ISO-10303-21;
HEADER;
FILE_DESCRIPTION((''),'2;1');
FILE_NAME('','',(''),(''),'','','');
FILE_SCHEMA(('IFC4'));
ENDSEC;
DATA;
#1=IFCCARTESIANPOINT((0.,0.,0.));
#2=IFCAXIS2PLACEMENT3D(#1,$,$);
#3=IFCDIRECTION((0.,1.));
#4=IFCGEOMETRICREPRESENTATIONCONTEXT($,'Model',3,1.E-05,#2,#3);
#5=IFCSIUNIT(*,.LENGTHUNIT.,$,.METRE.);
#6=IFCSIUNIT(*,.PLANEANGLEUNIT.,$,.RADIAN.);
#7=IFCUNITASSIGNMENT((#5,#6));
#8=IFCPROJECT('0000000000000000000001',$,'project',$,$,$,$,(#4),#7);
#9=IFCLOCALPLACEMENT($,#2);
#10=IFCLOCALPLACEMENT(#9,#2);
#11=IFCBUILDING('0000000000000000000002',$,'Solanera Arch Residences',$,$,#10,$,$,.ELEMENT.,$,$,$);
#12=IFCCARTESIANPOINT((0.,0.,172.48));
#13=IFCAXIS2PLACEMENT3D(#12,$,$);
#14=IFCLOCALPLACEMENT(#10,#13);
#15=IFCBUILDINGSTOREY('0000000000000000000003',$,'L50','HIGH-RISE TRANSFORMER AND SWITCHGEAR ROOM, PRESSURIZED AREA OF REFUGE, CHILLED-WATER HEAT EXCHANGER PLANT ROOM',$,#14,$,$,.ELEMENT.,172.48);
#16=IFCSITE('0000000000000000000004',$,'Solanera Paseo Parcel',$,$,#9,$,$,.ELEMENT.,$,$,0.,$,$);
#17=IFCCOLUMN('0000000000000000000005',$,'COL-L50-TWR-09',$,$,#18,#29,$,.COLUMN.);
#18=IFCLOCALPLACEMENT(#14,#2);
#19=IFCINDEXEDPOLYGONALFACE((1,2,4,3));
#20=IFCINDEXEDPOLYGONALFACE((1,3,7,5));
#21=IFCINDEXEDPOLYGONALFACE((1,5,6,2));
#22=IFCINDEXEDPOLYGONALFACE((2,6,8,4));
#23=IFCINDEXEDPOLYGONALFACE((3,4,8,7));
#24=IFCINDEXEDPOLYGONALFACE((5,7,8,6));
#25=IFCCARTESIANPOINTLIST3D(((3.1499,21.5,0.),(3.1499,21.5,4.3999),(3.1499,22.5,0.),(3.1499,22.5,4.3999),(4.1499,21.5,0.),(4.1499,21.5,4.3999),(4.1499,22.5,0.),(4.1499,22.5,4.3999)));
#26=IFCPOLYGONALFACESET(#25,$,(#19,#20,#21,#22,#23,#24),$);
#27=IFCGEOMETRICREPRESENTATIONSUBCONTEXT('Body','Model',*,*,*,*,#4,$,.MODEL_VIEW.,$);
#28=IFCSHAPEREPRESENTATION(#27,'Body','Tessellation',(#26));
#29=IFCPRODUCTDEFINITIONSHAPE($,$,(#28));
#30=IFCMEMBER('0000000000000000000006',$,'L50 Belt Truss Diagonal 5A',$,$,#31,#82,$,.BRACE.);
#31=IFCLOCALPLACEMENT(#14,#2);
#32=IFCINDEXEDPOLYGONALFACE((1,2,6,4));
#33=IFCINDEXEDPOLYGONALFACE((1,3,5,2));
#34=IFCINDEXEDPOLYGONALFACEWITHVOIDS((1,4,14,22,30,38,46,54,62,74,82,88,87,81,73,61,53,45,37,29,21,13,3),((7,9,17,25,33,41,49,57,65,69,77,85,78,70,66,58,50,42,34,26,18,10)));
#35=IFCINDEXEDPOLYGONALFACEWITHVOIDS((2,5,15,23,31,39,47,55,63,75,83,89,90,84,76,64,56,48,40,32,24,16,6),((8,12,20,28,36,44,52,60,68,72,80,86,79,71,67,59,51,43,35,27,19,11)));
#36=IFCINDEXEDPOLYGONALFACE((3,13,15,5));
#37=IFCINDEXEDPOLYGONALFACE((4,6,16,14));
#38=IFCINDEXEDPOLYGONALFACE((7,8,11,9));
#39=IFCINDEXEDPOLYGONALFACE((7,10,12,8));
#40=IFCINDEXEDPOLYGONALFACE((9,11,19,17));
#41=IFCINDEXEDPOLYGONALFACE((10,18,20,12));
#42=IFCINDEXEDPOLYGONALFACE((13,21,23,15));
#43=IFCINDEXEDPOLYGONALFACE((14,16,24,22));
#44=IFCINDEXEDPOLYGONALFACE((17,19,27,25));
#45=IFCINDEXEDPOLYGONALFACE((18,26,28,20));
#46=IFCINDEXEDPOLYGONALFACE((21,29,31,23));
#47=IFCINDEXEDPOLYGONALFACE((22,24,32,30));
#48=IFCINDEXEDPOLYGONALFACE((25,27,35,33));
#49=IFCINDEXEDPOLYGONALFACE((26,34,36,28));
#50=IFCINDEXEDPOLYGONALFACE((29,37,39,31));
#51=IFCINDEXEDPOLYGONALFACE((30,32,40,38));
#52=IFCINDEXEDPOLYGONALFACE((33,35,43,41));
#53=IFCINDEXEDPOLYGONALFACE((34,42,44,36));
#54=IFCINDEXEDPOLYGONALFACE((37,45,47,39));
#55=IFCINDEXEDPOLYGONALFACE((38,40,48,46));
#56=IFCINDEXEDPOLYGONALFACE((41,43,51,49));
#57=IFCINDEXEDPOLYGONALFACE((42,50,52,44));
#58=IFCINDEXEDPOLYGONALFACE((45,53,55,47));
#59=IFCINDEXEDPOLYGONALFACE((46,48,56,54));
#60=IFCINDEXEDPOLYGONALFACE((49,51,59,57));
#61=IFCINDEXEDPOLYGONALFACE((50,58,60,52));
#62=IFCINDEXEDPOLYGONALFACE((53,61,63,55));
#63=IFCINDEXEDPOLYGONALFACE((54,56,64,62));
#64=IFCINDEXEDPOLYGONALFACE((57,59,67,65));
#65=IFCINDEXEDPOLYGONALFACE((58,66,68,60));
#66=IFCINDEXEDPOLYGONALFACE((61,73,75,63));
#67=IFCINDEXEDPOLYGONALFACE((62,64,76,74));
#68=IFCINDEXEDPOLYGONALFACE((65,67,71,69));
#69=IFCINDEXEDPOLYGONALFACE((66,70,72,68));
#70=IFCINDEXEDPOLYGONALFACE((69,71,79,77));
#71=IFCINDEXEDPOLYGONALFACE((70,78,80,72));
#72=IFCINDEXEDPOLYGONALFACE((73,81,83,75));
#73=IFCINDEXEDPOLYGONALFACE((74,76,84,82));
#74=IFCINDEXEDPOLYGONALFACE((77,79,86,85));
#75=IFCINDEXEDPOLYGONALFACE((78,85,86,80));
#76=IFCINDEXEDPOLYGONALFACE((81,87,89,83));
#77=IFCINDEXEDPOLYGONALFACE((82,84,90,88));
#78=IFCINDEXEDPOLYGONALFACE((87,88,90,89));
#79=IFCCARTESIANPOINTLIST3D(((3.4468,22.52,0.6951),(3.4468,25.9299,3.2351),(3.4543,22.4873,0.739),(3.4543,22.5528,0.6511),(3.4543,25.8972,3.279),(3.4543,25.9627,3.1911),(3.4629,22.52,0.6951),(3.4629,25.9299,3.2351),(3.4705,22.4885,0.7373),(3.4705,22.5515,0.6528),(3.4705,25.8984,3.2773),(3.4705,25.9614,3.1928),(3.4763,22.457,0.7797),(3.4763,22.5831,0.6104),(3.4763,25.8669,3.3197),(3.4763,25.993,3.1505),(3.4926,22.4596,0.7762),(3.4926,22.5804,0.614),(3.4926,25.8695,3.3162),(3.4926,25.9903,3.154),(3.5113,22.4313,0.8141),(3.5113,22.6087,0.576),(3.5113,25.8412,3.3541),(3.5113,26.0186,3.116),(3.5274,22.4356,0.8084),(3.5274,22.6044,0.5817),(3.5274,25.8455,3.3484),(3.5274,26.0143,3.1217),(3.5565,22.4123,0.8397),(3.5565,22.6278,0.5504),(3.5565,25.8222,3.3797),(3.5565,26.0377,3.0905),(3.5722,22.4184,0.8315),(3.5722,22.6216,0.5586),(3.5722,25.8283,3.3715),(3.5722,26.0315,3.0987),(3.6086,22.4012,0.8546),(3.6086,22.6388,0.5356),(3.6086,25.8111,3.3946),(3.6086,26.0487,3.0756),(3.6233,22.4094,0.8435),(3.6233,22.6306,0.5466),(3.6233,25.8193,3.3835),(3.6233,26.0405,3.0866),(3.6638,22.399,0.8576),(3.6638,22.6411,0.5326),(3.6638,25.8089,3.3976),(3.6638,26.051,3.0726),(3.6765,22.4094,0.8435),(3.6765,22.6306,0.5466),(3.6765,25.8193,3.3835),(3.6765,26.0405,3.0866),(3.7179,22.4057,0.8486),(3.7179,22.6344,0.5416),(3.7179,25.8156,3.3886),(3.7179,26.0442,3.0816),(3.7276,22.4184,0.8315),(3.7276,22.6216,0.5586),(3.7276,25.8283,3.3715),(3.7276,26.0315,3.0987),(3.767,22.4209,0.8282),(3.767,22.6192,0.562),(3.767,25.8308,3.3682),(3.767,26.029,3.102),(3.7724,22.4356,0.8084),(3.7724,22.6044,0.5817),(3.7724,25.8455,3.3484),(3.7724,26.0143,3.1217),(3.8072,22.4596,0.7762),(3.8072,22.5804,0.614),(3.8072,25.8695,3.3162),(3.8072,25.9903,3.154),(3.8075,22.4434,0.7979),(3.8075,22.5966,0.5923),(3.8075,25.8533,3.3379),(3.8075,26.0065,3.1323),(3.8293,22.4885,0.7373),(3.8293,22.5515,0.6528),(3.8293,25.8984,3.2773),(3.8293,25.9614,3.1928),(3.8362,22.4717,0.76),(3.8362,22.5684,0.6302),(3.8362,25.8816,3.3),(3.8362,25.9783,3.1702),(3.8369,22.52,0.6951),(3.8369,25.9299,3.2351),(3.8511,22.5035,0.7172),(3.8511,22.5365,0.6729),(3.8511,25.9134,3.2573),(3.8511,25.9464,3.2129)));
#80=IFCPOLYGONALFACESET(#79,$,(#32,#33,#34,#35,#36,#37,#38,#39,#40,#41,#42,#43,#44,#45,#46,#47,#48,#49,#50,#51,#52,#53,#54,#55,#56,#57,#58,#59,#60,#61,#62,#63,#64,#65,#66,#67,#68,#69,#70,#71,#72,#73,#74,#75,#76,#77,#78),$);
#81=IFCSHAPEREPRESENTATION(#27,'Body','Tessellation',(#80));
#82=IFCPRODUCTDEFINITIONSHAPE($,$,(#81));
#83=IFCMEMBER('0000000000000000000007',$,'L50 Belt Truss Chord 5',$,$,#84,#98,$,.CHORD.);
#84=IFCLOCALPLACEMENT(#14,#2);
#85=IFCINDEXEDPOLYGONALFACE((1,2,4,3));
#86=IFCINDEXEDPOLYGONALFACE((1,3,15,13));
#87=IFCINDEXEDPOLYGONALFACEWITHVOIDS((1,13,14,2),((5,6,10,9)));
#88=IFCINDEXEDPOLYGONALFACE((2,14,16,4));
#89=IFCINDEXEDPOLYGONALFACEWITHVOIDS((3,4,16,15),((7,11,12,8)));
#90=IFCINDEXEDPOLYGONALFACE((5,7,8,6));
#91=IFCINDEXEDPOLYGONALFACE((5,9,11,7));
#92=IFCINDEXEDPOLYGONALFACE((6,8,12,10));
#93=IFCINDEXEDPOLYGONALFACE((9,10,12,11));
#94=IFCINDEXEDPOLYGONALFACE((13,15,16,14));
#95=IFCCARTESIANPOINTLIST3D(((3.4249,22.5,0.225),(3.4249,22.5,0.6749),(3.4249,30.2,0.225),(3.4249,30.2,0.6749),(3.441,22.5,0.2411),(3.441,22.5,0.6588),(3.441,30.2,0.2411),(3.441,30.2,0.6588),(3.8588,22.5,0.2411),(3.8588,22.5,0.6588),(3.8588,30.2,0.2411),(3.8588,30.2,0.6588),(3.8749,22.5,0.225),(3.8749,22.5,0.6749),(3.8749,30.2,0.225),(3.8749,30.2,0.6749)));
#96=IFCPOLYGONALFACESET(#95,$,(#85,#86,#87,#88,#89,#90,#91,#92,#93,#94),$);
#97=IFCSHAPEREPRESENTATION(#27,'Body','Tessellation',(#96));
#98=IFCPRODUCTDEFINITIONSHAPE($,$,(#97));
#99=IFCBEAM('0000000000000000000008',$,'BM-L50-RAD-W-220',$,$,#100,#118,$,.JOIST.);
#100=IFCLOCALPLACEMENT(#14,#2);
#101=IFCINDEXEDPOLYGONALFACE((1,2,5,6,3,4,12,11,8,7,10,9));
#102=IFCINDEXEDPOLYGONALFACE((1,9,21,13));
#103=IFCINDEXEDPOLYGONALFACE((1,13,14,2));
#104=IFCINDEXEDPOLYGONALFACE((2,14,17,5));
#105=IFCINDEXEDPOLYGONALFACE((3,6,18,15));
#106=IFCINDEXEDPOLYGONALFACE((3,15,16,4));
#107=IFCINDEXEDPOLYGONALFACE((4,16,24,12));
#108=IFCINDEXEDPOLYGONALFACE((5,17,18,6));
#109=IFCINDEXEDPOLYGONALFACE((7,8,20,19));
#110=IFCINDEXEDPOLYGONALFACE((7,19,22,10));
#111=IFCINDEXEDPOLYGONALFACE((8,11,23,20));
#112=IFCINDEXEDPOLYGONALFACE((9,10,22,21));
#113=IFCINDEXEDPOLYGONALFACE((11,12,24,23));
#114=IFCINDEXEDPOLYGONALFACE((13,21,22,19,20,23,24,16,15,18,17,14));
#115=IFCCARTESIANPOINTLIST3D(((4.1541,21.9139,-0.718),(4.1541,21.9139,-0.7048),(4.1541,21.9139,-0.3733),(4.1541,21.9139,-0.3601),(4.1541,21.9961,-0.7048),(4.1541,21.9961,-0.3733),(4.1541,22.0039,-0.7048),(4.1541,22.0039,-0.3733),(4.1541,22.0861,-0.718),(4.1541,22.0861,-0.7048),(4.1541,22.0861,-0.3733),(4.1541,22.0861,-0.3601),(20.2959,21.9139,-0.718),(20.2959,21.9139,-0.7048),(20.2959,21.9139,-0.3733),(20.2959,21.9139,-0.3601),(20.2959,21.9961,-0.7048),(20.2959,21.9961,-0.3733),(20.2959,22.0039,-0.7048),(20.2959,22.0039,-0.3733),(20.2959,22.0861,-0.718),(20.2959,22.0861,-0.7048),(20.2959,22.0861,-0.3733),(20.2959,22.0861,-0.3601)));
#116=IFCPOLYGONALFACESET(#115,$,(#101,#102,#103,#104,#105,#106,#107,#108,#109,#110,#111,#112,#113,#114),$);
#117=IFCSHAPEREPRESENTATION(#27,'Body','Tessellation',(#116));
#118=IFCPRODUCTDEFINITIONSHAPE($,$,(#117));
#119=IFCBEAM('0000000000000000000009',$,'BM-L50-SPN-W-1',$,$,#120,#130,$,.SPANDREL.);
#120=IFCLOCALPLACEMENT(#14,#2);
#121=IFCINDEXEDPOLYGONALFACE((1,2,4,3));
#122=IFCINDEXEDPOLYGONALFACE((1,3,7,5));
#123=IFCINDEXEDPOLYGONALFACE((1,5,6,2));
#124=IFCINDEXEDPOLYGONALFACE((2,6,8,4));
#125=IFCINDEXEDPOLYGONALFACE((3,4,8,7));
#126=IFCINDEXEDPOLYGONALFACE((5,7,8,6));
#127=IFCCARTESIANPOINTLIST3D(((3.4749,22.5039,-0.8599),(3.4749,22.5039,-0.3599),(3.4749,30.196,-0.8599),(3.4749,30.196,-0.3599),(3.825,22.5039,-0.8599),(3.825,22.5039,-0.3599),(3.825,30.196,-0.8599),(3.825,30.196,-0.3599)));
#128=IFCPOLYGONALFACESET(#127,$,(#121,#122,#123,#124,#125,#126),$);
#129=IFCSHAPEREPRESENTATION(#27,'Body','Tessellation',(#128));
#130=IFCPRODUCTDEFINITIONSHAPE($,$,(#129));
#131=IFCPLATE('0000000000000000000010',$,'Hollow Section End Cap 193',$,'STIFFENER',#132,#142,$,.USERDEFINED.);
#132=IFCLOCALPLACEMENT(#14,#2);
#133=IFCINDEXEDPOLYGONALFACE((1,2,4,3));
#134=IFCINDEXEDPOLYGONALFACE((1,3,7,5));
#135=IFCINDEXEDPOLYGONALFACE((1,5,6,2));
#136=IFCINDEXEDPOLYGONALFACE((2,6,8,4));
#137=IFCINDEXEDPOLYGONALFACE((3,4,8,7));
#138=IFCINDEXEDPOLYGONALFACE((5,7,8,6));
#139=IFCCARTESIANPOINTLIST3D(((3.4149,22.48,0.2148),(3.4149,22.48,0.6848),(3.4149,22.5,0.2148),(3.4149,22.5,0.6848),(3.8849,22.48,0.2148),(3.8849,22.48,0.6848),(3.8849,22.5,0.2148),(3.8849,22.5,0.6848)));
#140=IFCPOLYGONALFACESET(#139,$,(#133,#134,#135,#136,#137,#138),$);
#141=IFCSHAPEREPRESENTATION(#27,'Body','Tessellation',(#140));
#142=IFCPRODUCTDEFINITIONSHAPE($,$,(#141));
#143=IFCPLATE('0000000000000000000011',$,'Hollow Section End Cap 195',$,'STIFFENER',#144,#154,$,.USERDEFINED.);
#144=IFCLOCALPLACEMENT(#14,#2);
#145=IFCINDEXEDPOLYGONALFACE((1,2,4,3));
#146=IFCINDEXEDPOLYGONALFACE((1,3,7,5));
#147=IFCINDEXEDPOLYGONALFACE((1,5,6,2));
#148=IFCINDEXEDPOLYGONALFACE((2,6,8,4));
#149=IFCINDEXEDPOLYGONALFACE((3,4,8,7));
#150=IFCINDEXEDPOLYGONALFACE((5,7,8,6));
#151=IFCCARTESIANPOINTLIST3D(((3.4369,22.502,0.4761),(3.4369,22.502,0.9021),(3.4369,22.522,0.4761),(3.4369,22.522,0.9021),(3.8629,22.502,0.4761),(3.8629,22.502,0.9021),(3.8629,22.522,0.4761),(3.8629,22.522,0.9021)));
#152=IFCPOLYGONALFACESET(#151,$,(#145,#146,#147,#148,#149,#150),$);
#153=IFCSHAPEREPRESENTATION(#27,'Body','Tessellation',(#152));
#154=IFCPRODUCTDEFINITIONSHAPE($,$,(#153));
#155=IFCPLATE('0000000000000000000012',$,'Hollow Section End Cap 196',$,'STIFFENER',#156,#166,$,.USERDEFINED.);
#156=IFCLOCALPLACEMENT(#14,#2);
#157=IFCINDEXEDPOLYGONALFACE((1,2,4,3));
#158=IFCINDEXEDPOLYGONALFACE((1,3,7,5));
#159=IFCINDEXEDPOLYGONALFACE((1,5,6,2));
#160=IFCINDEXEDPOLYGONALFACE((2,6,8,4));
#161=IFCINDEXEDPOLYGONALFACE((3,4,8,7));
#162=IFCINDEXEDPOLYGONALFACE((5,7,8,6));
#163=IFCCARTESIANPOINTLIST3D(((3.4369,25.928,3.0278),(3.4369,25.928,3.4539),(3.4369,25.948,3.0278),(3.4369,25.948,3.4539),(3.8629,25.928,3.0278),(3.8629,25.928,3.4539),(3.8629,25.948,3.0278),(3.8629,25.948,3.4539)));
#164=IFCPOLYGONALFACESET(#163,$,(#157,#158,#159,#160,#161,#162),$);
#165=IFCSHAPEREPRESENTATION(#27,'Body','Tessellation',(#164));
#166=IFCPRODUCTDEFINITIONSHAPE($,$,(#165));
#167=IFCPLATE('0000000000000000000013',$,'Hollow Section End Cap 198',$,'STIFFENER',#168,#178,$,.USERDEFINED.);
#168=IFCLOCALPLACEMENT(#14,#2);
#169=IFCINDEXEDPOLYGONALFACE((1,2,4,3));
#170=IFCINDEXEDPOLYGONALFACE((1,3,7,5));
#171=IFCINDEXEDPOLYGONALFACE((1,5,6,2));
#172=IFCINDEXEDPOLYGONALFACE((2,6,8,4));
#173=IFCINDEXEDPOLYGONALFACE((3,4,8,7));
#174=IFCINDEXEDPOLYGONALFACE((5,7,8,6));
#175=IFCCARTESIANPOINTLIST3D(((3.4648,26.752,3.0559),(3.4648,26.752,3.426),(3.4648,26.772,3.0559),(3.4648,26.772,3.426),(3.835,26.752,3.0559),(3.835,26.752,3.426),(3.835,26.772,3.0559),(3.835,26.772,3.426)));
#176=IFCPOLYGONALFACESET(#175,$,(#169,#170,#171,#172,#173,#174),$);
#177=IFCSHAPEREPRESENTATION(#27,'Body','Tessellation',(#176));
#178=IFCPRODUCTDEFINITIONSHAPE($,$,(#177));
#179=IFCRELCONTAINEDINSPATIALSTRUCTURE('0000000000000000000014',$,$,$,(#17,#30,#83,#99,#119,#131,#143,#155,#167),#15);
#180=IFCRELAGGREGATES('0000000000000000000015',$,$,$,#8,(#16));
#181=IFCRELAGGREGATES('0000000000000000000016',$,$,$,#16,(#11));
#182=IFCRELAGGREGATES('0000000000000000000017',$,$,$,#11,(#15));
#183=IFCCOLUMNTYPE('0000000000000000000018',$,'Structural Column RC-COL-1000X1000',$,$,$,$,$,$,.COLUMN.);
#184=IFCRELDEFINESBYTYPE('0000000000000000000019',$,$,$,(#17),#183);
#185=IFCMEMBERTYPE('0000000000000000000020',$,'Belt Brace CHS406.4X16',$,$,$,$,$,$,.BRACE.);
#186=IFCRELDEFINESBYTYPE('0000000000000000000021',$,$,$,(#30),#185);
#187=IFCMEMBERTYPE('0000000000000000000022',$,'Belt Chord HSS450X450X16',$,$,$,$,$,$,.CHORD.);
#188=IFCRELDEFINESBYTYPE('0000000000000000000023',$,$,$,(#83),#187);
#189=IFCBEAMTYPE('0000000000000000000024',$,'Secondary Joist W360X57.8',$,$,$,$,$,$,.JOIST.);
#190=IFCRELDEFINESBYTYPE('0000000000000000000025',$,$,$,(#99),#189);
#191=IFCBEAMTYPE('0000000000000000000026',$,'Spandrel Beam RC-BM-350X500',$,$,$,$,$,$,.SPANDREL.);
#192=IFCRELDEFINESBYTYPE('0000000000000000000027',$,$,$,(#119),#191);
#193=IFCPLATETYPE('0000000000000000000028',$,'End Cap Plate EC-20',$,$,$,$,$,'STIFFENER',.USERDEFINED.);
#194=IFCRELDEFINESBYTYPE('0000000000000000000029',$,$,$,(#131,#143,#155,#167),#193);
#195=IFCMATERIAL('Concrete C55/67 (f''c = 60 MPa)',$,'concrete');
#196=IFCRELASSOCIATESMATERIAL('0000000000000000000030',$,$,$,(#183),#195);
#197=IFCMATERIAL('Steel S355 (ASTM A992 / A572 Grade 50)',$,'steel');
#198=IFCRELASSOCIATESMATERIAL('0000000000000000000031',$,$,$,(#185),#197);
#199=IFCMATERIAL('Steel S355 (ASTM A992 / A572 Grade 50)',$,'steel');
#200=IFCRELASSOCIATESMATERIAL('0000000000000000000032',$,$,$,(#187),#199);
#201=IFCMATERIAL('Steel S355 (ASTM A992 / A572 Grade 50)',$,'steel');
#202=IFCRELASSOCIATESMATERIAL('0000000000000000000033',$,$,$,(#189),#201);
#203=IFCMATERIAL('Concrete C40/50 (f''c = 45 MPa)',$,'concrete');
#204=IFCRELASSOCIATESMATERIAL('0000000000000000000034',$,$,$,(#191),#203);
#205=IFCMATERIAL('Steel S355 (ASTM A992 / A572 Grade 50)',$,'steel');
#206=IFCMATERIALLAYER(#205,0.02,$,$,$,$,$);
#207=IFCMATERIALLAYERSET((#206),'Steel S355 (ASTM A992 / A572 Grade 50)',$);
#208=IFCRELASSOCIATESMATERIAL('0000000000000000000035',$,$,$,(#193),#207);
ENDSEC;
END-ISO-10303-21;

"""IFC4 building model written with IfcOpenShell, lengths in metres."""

from ifc_helpers import new_model, si_unit, direction, frame, origin, origin_2d, place, context, subcontext, project, spatial, rectangle, hollow_rectangle, hollow_circle, i_section, extrude, material, layer, layer_set, material_profile, profile_set, type_object, element, save


model = new_model("IFC4")

# Units and contexts
model_context = context("Model", 3, precision=1e-05, world=origin(), true_north=direction((0.0, 1.0)))
body_context = subcontext(model_context, "Body", "Model", "MODEL_VIEW")
ifc_project = project(units=[si_unit("LENGTHUNIT", "METRE"), si_unit("PLANEANGLEUNIT", "RADIAN")], contexts=[model_context])

# Site, building, storey
site_placement = place(None, origin())
site = spatial("IfcSite", under=ifc_project, at=site_placement, Name="Solanera Paseo Parcel", CompositionType="ELEMENT", RefElevation=0.0)
building_placement = place(site_placement, origin())
building = spatial("IfcBuilding", under=site, at=building_placement, Name="Solanera Arch Residences", CompositionType="ELEMENT")
storey_placement = place(building_placement, frame((0.0, 0.0, 172.48)))
storey = spatial("IfcBuildingStorey", under=building, at=storey_placement, Name="L50", Description="HIGH-RISE TRANSFORMER AND SWITCHGEAR ROOM, PRESSURIZED AREA OF REFUGE, CHILLED-WATER HEAT EXCHANGER PLANT ROOM", CompositionType="ELEMENT", Elevation=172.48)

# Column
ifc_material_1 = material(Name="Concrete C55/67 (f'c = 60 MPa)", Category="concrete")
ifc_material_profile_1 = material_profile(ifc_material_1, rectangle(XDim=1.0, YDim=1.0, at=origin_2d()))
ifc_profile_set_1 = profile_set([ifc_material_profile_1], Name="Concrete C55/67 (f'c = 60 MPa)")
column_type = type_object("IfcColumnType", Name="Structural Column RC-COL-1000X1000", PredefinedType="COLUMN", material=ifc_profile_set_1)
column_placement = place(storey_placement, frame((3.6499, 22.0, 0.0), z_axis=(0.0, 0.0, 1.0), x_axis=(1.0, 0.0, 0.0)))
element("IfcColumn", 1, at=column_placement, inside=storey, type_object=column_type, Name="COL-L50-TWR-09", PredefinedType="COLUMN", context=body_context, shape_type="SweptSolid", body=[
    extrude(rectangle(XDim=1.0, YDim=1.0, at=origin_2d()), origin(), (0.0, 0.0, 1.0), 4.3999),
])

# Members
ifc_material_2 = material(Name="Steel S355 (ASTM A992 / A572 Grade 50)", Category="steel")
ifc_material_profile_2 = material_profile(ifc_material_2, hollow_circle(Radius=0.2031, WallThickness=0.0161, at=origin_2d()))
ifc_profile_set_2 = profile_set([ifc_material_profile_2], Name="Steel S355 (ASTM A992 / A572 Grade 50)")
member_type_1 = type_object("IfcMemberType", Name="Belt Brace CHS406.4X16", PredefinedType="BRACE", material=ifc_profile_set_2)
member_1_placement = place(storey_placement, frame((3.6499, 22.52, 0.6951), z_axis=(0.0, 0.801959, 0.597379), x_axis=(-1.0, 0.0, 0.0)))
element("IfcMember", 2, at=member_1_placement, inside=storey, type_object=member_type_1, Name="L50 Belt Truss Diagonal 5A", PredefinedType="BRACE", context=body_context, shape_type="SweptSolid", body=[
    extrude(hollow_circle(Radius=0.2031, WallThickness=0.0161, at=origin_2d()), origin(), (0.0, 0.0, 1.0), 4.252),
])
ifc_material_3 = material(Name="Steel S355 (ASTM A992 / A572 Grade 50)", Category="steel")
ifc_material_profile_3 = material_profile(ifc_material_3, hollow_rectangle(XDim=0.45, YDim=0.45, WallThickness=0.0161, at=origin_2d()))
ifc_profile_set_3 = profile_set([ifc_material_profile_3], Name="Steel S355 (ASTM A992 / A572 Grade 50)")
member_type_2 = type_object("IfcMemberType", Name="Belt Chord HSS450X450X16", PredefinedType="CHORD", material=ifc_profile_set_3)
member_2_placement = place(storey_placement, frame((3.6499, 22.5, 0.45), z_axis=(0.0, 1.0, 0.0), x_axis=(-1.0, 0.0, 0.0)))
element("IfcMember", 3, at=member_2_placement, inside=storey, type_object=member_type_2, Name="L50 Belt Truss Chord 5", PredefinedType="CHORD", context=body_context, shape_type="SweptSolid", body=[
    extrude(hollow_rectangle(XDim=0.45, YDim=0.45, WallThickness=0.0161, at=origin_2d()), origin(), (0.0, 0.0, 1.0), 7.7),
])

# Beams
ifc_material_4 = material(Name="Steel S355 (ASTM A992 / A572 Grade 50)", Category="steel")
ifc_material_profile_4 = material_profile(ifc_material_4, i_section(OverallWidth=0.1721, OverallDepth=0.3579, WebThickness=0.0078, FlangeThickness=0.0132, at=origin_2d()))
ifc_profile_set_4 = profile_set([ifc_material_profile_4], Name="Steel S355 (ASTM A992 / A572 Grade 50)")
beam_type_1 = type_object("IfcBeamType", Name="Secondary Joist W360X57.8", PredefinedType="JOIST", material=ifc_profile_set_4)
beam_1_placement = place(storey_placement, frame((4.1541, 22.0, -0.5391), z_axis=(1.0, 0.0, 0.0), x_axis=(0.0, 1.0, 0.0)))
element("IfcBeam", 4, at=beam_1_placement, inside=storey, type_object=beam_type_1, Name="BM-L50-RAD-W-220", PredefinedType="JOIST", context=body_context, shape_type="SweptSolid", body=[
    extrude(i_section(OverallWidth=0.1721, OverallDepth=0.3579, WebThickness=0.0078, FlangeThickness=0.0132, at=origin_2d()), origin(), (0.0, 0.0, 1.0), 16.1418),
])
ifc_material_5 = material(Name="Concrete C40/50 (f'c = 45 MPa)", Category="concrete")
ifc_material_profile_5 = material_profile(ifc_material_5, rectangle(XDim=0.3501, YDim=0.5, at=origin_2d()))
ifc_profile_set_5 = profile_set([ifc_material_profile_5], Name="Concrete C40/50 (f'c = 45 MPa)")
beam_type_2 = type_object("IfcBeamType", Name="Spandrel Beam RC-BM-350X500", PredefinedType="SPANDREL", material=ifc_profile_set_5)
beam_2_placement = place(storey_placement, frame((3.6499, 22.5039, -0.6099), z_axis=(0.0, 1.0, 0.0), x_axis=(-1.0, 0.0, 0.0)))
element("IfcBeam", 5, at=beam_2_placement, inside=storey, type_object=beam_type_2, Name="BM-L50-SPN-W-1", PredefinedType="SPANDREL", context=body_context, shape_type="SweptSolid", body=[
    extrude(rectangle(XDim=0.3501, YDim=0.5, at=origin_2d()), origin(), (0.0, 0.0, 1.0), 7.6921),
])

# Plates
ifc_material_6 = material(Name="Steel S355 (ASTM A992 / A572 Grade 50)", Category="steel")
ifc_layer_1 = layer(ifc_material_6, 0.02)
ifc_layer_set_1 = layer_set([ifc_layer_1], Name="Steel S355 (ASTM A992 / A572 Grade 50)")
plate_type_1 = type_object("IfcPlateType", Name="End Cap Plate EC-20", ElementType="STIFFENER", PredefinedType="USERDEFINED", material=ifc_layer_set_1)
plate_1_placement = place(storey_placement, frame((3.6499, 22.49, 0.2148), z_axis=(0.0, 0.0, 1.0), x_axis=(0.0, -1.0, 0.0)))
element("IfcPlate", 6, at=plate_1_placement, inside=storey, type_object=plate_type_1, Name="Hollow Section End Cap 193", ObjectType="STIFFENER", PredefinedType="USERDEFINED", context=body_context, shape_type="SweptSolid", body=[
    extrude(rectangle(XDim=0.02, YDim=0.47, at=origin_2d()), origin(), (0.0, 0.0, 1.0), 0.47),
])
for number, where, z_axis, x_axis, name in (
    (7, (3.6499, 22.512, 0.4761), (0.0, 0.0, 1.0), (0.0, -1.0, 0.0), "Hollow Section End Cap 195"),
    (8, (3.6499, 25.938, 3.0278), (0.0, 0.0, 1.0), (0.0, 1.0, 0.0), "Hollow Section End Cap 196"),
):
    element("IfcPlate", number, at=place(storey_placement, frame(where, z_axis=z_axis, x_axis=x_axis)), inside=storey, type_object=plate_type_1, Name=name, ObjectType="STIFFENER", PredefinedType="USERDEFINED", context=body_context, shape_type="SweptSolid", body=[
        extrude(rectangle(XDim=0.02, YDim=0.426, at=origin_2d()), origin(), (0.0, 0.0, 1.0), 0.426),
    ])
plate_2_placement = place(storey_placement, frame((3.6499, 26.762, 3.0559), z_axis=(0.0, 0.0, 1.0), x_axis=(0.0, -1.0, 0.0)))
element("IfcPlate", 9, at=plate_2_placement, inside=storey, type_object=plate_type_1, Name="Hollow Section End Cap 198", ObjectType="STIFFENER", PredefinedType="USERDEFINED", context=body_context, shape_type="SweptSolid", body=[
    extrude(rectangle(XDim=0.02, YDim=0.3701, at=origin_2d()), origin(), (0.0, 0.0, 1.0), 0.3701),
])

save(model, "model.ifc")
